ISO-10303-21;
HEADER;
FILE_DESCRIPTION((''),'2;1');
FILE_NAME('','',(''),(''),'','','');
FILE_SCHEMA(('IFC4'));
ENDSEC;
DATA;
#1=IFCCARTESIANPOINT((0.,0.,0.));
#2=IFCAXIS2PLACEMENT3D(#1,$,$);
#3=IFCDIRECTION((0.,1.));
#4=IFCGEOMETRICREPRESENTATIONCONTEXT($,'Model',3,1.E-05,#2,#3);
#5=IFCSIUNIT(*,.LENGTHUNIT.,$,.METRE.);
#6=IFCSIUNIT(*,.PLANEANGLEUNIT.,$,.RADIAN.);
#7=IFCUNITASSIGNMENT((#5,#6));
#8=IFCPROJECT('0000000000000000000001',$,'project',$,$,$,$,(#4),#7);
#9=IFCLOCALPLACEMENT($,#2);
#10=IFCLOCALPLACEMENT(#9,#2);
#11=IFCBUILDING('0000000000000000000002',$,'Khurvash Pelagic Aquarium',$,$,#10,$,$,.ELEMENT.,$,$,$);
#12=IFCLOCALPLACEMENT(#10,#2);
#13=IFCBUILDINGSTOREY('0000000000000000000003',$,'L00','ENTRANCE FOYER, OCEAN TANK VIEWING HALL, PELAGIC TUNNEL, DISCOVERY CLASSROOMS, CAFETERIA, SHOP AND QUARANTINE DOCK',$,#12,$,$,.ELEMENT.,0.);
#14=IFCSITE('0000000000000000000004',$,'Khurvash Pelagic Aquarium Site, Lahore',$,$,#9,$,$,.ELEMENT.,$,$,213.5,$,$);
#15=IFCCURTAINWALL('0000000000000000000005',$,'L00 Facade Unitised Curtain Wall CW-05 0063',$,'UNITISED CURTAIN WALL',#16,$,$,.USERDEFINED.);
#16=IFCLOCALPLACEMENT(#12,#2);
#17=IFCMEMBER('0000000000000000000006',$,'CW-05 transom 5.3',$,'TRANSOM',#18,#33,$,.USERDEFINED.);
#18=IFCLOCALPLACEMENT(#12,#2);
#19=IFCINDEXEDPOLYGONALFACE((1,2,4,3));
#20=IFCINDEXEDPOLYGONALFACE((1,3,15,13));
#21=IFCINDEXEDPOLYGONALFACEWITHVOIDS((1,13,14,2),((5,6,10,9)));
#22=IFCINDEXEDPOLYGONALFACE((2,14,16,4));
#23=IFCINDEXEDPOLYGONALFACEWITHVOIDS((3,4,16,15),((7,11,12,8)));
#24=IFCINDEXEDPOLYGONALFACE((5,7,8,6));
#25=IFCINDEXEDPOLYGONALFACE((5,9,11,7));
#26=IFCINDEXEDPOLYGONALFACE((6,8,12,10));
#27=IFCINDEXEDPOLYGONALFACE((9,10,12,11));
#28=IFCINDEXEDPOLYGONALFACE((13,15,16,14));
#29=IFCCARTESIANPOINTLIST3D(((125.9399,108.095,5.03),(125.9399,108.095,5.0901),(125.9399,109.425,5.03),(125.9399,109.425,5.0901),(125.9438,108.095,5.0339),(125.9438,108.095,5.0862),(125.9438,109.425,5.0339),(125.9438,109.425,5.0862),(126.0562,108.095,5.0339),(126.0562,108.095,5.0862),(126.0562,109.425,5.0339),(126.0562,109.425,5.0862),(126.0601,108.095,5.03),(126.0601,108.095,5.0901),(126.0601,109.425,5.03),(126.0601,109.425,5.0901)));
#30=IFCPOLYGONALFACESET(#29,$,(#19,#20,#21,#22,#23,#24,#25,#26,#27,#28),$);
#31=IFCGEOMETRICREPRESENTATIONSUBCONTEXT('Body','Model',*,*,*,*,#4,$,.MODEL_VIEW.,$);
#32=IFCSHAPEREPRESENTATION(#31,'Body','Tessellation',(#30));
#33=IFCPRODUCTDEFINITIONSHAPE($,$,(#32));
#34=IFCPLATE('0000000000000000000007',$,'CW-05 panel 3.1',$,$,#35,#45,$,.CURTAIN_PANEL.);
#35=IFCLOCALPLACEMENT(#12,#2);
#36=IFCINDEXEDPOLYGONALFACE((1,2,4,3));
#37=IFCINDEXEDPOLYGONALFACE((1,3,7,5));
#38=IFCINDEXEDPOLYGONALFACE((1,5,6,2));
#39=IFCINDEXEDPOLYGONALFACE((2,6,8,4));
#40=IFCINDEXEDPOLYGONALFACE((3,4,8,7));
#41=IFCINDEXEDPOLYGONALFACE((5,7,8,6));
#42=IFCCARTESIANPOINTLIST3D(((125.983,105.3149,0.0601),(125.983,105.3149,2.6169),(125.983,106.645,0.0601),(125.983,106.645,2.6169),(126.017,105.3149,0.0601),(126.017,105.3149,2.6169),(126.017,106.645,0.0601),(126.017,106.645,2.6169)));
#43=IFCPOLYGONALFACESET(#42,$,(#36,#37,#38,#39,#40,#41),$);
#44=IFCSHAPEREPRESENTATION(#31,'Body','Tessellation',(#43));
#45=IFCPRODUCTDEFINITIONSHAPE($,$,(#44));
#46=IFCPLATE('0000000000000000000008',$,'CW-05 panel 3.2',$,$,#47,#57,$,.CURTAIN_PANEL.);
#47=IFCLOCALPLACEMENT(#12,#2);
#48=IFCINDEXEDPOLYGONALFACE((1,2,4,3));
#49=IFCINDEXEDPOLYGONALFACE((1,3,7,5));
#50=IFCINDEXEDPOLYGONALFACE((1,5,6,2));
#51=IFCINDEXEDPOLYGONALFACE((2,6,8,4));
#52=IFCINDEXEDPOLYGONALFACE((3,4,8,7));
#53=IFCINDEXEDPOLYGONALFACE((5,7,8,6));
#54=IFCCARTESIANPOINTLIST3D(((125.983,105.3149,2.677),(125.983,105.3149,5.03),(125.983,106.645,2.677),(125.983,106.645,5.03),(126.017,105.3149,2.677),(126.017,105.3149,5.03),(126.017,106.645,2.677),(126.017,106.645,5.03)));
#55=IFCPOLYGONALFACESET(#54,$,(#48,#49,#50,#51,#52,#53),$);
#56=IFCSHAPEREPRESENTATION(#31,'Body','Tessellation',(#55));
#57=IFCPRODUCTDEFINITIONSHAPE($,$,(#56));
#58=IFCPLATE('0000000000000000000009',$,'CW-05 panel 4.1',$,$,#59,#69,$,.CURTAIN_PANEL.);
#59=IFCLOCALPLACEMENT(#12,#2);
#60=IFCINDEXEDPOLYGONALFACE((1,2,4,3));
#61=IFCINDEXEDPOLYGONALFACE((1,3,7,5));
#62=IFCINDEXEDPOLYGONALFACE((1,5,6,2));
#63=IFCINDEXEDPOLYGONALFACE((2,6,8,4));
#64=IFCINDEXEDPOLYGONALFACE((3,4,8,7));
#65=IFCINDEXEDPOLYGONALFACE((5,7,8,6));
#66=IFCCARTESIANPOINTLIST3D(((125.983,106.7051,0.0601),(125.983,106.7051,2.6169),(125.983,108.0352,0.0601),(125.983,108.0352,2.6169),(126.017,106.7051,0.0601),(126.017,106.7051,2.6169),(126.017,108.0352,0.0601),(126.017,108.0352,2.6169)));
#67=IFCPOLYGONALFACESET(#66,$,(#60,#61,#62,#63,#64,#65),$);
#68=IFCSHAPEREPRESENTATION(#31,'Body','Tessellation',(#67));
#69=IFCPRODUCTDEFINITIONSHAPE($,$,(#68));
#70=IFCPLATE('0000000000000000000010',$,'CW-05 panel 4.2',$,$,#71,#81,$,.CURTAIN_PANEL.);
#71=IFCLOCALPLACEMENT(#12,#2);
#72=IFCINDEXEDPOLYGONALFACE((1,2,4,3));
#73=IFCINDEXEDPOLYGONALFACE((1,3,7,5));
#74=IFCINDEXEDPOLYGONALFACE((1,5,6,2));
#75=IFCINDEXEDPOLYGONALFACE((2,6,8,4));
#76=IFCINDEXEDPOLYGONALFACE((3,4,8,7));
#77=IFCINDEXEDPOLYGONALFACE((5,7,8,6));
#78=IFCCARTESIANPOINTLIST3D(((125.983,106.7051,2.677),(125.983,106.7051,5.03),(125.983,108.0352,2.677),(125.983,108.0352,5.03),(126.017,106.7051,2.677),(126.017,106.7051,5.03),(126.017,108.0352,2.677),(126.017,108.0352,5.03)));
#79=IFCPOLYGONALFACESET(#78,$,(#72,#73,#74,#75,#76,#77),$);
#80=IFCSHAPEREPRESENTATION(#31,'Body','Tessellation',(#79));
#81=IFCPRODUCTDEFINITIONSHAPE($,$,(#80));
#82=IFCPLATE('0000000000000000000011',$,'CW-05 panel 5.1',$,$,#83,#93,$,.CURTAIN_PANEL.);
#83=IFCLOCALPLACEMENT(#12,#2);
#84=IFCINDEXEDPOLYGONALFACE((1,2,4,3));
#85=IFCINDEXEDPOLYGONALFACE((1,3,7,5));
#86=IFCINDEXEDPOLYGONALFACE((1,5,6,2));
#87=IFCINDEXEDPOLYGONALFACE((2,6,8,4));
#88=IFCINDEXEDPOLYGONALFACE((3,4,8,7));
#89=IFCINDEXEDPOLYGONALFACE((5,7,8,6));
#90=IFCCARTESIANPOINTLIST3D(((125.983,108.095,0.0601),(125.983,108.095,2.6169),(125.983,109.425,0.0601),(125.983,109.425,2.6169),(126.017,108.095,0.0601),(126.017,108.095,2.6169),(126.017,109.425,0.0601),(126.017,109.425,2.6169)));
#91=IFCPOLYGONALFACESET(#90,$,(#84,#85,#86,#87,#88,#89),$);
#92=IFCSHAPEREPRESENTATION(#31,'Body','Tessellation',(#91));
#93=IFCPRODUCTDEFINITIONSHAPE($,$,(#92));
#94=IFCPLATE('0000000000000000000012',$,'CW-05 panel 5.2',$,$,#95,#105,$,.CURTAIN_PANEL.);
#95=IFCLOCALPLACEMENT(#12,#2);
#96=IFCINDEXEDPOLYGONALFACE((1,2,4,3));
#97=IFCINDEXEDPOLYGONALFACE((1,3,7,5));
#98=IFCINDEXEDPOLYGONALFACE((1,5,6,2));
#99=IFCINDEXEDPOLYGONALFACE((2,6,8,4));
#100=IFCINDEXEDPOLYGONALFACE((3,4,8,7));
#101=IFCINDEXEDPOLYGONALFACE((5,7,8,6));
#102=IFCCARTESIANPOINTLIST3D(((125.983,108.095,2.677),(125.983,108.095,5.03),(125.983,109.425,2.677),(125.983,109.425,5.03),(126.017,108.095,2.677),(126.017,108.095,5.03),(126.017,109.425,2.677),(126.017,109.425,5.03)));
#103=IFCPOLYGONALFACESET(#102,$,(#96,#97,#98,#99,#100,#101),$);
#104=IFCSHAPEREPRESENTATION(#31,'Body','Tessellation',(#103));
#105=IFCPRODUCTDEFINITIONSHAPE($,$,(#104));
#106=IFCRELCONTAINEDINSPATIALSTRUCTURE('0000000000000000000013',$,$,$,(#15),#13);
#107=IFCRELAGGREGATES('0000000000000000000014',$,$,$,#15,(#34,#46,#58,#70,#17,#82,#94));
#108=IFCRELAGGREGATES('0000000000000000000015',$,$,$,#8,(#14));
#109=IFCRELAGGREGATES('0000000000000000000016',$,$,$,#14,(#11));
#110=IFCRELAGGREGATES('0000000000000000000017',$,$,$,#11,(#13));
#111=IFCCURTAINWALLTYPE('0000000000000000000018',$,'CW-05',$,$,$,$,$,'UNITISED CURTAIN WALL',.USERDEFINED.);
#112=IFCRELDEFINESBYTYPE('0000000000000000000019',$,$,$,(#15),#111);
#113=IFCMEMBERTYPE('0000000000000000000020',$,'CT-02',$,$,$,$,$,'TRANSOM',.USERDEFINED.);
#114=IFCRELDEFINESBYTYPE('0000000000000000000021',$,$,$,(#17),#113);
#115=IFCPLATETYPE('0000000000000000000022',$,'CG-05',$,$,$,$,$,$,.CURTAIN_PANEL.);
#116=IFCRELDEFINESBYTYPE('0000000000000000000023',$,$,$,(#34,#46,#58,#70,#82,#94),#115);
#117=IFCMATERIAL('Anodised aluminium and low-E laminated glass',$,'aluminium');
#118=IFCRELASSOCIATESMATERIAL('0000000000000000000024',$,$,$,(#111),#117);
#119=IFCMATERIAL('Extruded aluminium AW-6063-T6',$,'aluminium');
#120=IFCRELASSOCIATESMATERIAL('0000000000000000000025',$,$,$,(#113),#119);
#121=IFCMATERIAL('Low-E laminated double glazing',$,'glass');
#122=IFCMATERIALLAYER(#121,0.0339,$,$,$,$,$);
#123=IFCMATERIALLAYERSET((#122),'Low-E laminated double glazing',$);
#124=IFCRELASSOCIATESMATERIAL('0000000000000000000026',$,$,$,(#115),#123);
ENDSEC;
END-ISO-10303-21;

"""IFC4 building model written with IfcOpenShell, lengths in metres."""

from ifc_helpers import new_model, si_unit, direction, frame, origin, origin_2d, place, context, subcontext, project, spatial, rectangle, hollow_rectangle, extrude, material, layer, layer_set, material_profile, profile_set, type_object, element, aggregate, save


model = new_model("IFC4")

# Units and contexts
model_context = context("Model", 3, precision=1e-05, world=origin(), true_north=direction((0.0, 1.0)))
body_context = subcontext(model_context, "Body", "Model", "MODEL_VIEW")
ifc_project = project(units=[si_unit("LENGTHUNIT", "METRE"), si_unit("PLANEANGLEUNIT", "RADIAN")], contexts=[model_context])

# Site, building, storey
site_placement = place(None, origin())
site = spatial("IfcSite", under=ifc_project, at=site_placement, Name="Khurvash Pelagic Aquarium Site, Lahore", CompositionType="ELEMENT", RefElevation=213.5)
building_placement = place(site_placement, origin())
building = spatial("IfcBuilding", under=site, at=building_placement, Name="Khurvash Pelagic Aquarium", CompositionType="ELEMENT")
storey_placement = place(building_placement, origin())
storey = spatial("IfcBuildingStorey", under=building, at=storey_placement, Name="L00", Description="ENTRANCE FOYER, OCEAN TANK VIEWING HALL, PELAGIC TUNNEL, DISCOVERY CLASSROOMS, CAFETERIA, SHOP AND QUARANTINE DOCK", CompositionType="ELEMENT", Elevation=0.0)

# Curtain wall, member, plates
ifc_material_1 = material(Name="Anodised aluminium and low-E laminated glass", Category="aluminium")
curtain_wall_type = type_object("IfcCurtainWallType", Name="CW-05", ElementType="UNITISED CURTAIN WALL", PredefinedType="USERDEFINED", material=ifc_material_1)
curtain_wall_placement = place(storey_placement, origin())
curtain_wall = element("IfcCurtainWall", 1, at=curtain_wall_placement, inside=storey, type_object=curtain_wall_type, Name="L00 Facade Unitised Curtain Wall CW-05 0063", ObjectType="UNITISED CURTAIN WALL", PredefinedType="USERDEFINED")
ifc_material_2 = material(Name="Extruded aluminium AW-6063-T6", Category="aluminium")
ifc_material_profile_1 = material_profile(ifc_material_2, hollow_rectangle(XDim=0.1201, YDim=0.0601, WallThickness=0.0039, at=origin_2d()), Name="CWT120X60X4")
ifc_profile_set_1 = profile_set([ifc_material_profile_1], Name="Extruded aluminium AW-6063-T6")
member_type_1 = type_object("IfcMemberType", Name="CT-02", ElementType="TRANSOM", PredefinedType="USERDEFINED", material=ifc_profile_set_1)
member_1_placement = place(storey_placement, frame((126.0, 108.095, 5.0601), z_axis=(0.0, 1.0, 0.0), x_axis=(-1.0, 0.0, 0.0)))
member_1 = element("IfcMember", 2, at=member_1_placement, type_object=member_type_1, Name="CW-05 transom 5.3", ObjectType="TRANSOM", PredefinedType="USERDEFINED", context=body_context, shape_type="SweptSolid", body=[
    extrude(hollow_rectangle(XDim=0.1201, YDim=0.0601, WallThickness=0.0039, at=origin_2d()), origin(), (0.0, 0.0, 1.0), 1.3301),
])
ifc_material_3 = material(Name="Low-E laminated double glazing", Category="glass")
ifc_layer = layer(ifc_material_3, 0.0339)
ifc_layer_set = layer_set([ifc_layer], Name="Low-E laminated double glazing")
plate_type = type_object("IfcPlateType", Name="CG-05", PredefinedType="CURTAIN_PANEL", material=ifc_layer_set)
plate_1_placement = place(storey_placement, frame((126.0, 105.98, 0.0601), z_axis=(0.0, 0.0, 1.0), x_axis=(0.0, 1.0, 0.0)))
plate_1 = element("IfcPlate", 3, at=plate_1_placement, type_object=plate_type, Name="CW-05 panel 3.1", PredefinedType="CURTAIN_PANEL", context=body_context, shape_type="SweptSolid", body=[
    extrude(rectangle(XDim=1.3301, YDim=0.0339, at=origin_2d()), origin(), (0.0, 0.0, 1.0), 2.5569),
])
plate_2_placement = place(storey_placement, frame((126.0, 105.98, 2.677), z_axis=(0.0, 0.0, 1.0), x_axis=(0.0, 1.0, 0.0)))
plate_2 = element("IfcPlate", 4, at=plate_2_placement, type_object=plate_type, Name="CW-05 panel 3.2", PredefinedType="CURTAIN_PANEL", context=body_context, shape_type="SweptSolid", body=[
    extrude(rectangle(XDim=1.3301, YDim=0.0339, at=origin_2d()), origin(), (0.0, 0.0, 1.0), 2.353),
])
plate_3_placement = place(storey_placement, frame((126.0, 107.3701, 0.0601), z_axis=(0.0, 0.0, 1.0), x_axis=(0.0, 1.0, 0.0)))
plate_3 = element("IfcPlate", 5, at=plate_3_placement, type_object=plate_type, Name="CW-05 panel 4.1", PredefinedType="CURTAIN_PANEL", context=body_context, shape_type="SweptSolid", body=[
    extrude(rectangle(XDim=1.3301, YDim=0.0339, at=origin_2d()), origin(), (0.0, 0.0, 1.0), 2.5569),
])
plate_4_placement = place(storey_placement, frame((126.0, 107.3701, 2.677), z_axis=(0.0, 0.0, 1.0), x_axis=(0.0, 1.0, 0.0)))
plate_4 = element("IfcPlate", 6, at=plate_4_placement, type_object=plate_type, Name="CW-05 panel 4.2", PredefinedType="CURTAIN_PANEL", context=body_context, shape_type="SweptSolid", body=[
    extrude(rectangle(XDim=1.3301, YDim=0.0339, at=origin_2d()), origin(), (0.0, 0.0, 1.0), 2.353),
])
plate_5_placement = place(storey_placement, frame((126.0, 108.76, 0.0601), z_axis=(0.0, 0.0, 1.0), x_axis=(0.0, 1.0, 0.0)))
plate_5 = element("IfcPlate", 7, at=plate_5_placement, type_object=plate_type, Name="CW-05 panel 5.1", PredefinedType="CURTAIN_PANEL", context=body_context, shape_type="SweptSolid", body=[
    extrude(rectangle(XDim=1.3301, YDim=0.0339, at=origin_2d()), origin(), (0.0, 0.0, 1.0), 2.5569),
])
plate_6_placement = place(storey_placement, frame((126.0, 108.76, 2.677), z_axis=(0.0, 0.0, 1.0), x_axis=(0.0, 1.0, 0.0)))
plate_6 = element("IfcPlate", 8, at=plate_6_placement, type_object=plate_type, Name="CW-05 panel 5.2", PredefinedType="CURTAIN_PANEL", context=body_context, shape_type="SweptSolid", body=[
    extrude(rectangle(XDim=1.3301, YDim=0.0339, at=origin_2d()), origin(), (0.0, 0.0, 1.0), 2.353),
])
aggregate(curtain_wall, [plate_1, plate_2, plate_3, plate_4, member_1, plate_5, plate_6])

save(model, "model.ifc")
